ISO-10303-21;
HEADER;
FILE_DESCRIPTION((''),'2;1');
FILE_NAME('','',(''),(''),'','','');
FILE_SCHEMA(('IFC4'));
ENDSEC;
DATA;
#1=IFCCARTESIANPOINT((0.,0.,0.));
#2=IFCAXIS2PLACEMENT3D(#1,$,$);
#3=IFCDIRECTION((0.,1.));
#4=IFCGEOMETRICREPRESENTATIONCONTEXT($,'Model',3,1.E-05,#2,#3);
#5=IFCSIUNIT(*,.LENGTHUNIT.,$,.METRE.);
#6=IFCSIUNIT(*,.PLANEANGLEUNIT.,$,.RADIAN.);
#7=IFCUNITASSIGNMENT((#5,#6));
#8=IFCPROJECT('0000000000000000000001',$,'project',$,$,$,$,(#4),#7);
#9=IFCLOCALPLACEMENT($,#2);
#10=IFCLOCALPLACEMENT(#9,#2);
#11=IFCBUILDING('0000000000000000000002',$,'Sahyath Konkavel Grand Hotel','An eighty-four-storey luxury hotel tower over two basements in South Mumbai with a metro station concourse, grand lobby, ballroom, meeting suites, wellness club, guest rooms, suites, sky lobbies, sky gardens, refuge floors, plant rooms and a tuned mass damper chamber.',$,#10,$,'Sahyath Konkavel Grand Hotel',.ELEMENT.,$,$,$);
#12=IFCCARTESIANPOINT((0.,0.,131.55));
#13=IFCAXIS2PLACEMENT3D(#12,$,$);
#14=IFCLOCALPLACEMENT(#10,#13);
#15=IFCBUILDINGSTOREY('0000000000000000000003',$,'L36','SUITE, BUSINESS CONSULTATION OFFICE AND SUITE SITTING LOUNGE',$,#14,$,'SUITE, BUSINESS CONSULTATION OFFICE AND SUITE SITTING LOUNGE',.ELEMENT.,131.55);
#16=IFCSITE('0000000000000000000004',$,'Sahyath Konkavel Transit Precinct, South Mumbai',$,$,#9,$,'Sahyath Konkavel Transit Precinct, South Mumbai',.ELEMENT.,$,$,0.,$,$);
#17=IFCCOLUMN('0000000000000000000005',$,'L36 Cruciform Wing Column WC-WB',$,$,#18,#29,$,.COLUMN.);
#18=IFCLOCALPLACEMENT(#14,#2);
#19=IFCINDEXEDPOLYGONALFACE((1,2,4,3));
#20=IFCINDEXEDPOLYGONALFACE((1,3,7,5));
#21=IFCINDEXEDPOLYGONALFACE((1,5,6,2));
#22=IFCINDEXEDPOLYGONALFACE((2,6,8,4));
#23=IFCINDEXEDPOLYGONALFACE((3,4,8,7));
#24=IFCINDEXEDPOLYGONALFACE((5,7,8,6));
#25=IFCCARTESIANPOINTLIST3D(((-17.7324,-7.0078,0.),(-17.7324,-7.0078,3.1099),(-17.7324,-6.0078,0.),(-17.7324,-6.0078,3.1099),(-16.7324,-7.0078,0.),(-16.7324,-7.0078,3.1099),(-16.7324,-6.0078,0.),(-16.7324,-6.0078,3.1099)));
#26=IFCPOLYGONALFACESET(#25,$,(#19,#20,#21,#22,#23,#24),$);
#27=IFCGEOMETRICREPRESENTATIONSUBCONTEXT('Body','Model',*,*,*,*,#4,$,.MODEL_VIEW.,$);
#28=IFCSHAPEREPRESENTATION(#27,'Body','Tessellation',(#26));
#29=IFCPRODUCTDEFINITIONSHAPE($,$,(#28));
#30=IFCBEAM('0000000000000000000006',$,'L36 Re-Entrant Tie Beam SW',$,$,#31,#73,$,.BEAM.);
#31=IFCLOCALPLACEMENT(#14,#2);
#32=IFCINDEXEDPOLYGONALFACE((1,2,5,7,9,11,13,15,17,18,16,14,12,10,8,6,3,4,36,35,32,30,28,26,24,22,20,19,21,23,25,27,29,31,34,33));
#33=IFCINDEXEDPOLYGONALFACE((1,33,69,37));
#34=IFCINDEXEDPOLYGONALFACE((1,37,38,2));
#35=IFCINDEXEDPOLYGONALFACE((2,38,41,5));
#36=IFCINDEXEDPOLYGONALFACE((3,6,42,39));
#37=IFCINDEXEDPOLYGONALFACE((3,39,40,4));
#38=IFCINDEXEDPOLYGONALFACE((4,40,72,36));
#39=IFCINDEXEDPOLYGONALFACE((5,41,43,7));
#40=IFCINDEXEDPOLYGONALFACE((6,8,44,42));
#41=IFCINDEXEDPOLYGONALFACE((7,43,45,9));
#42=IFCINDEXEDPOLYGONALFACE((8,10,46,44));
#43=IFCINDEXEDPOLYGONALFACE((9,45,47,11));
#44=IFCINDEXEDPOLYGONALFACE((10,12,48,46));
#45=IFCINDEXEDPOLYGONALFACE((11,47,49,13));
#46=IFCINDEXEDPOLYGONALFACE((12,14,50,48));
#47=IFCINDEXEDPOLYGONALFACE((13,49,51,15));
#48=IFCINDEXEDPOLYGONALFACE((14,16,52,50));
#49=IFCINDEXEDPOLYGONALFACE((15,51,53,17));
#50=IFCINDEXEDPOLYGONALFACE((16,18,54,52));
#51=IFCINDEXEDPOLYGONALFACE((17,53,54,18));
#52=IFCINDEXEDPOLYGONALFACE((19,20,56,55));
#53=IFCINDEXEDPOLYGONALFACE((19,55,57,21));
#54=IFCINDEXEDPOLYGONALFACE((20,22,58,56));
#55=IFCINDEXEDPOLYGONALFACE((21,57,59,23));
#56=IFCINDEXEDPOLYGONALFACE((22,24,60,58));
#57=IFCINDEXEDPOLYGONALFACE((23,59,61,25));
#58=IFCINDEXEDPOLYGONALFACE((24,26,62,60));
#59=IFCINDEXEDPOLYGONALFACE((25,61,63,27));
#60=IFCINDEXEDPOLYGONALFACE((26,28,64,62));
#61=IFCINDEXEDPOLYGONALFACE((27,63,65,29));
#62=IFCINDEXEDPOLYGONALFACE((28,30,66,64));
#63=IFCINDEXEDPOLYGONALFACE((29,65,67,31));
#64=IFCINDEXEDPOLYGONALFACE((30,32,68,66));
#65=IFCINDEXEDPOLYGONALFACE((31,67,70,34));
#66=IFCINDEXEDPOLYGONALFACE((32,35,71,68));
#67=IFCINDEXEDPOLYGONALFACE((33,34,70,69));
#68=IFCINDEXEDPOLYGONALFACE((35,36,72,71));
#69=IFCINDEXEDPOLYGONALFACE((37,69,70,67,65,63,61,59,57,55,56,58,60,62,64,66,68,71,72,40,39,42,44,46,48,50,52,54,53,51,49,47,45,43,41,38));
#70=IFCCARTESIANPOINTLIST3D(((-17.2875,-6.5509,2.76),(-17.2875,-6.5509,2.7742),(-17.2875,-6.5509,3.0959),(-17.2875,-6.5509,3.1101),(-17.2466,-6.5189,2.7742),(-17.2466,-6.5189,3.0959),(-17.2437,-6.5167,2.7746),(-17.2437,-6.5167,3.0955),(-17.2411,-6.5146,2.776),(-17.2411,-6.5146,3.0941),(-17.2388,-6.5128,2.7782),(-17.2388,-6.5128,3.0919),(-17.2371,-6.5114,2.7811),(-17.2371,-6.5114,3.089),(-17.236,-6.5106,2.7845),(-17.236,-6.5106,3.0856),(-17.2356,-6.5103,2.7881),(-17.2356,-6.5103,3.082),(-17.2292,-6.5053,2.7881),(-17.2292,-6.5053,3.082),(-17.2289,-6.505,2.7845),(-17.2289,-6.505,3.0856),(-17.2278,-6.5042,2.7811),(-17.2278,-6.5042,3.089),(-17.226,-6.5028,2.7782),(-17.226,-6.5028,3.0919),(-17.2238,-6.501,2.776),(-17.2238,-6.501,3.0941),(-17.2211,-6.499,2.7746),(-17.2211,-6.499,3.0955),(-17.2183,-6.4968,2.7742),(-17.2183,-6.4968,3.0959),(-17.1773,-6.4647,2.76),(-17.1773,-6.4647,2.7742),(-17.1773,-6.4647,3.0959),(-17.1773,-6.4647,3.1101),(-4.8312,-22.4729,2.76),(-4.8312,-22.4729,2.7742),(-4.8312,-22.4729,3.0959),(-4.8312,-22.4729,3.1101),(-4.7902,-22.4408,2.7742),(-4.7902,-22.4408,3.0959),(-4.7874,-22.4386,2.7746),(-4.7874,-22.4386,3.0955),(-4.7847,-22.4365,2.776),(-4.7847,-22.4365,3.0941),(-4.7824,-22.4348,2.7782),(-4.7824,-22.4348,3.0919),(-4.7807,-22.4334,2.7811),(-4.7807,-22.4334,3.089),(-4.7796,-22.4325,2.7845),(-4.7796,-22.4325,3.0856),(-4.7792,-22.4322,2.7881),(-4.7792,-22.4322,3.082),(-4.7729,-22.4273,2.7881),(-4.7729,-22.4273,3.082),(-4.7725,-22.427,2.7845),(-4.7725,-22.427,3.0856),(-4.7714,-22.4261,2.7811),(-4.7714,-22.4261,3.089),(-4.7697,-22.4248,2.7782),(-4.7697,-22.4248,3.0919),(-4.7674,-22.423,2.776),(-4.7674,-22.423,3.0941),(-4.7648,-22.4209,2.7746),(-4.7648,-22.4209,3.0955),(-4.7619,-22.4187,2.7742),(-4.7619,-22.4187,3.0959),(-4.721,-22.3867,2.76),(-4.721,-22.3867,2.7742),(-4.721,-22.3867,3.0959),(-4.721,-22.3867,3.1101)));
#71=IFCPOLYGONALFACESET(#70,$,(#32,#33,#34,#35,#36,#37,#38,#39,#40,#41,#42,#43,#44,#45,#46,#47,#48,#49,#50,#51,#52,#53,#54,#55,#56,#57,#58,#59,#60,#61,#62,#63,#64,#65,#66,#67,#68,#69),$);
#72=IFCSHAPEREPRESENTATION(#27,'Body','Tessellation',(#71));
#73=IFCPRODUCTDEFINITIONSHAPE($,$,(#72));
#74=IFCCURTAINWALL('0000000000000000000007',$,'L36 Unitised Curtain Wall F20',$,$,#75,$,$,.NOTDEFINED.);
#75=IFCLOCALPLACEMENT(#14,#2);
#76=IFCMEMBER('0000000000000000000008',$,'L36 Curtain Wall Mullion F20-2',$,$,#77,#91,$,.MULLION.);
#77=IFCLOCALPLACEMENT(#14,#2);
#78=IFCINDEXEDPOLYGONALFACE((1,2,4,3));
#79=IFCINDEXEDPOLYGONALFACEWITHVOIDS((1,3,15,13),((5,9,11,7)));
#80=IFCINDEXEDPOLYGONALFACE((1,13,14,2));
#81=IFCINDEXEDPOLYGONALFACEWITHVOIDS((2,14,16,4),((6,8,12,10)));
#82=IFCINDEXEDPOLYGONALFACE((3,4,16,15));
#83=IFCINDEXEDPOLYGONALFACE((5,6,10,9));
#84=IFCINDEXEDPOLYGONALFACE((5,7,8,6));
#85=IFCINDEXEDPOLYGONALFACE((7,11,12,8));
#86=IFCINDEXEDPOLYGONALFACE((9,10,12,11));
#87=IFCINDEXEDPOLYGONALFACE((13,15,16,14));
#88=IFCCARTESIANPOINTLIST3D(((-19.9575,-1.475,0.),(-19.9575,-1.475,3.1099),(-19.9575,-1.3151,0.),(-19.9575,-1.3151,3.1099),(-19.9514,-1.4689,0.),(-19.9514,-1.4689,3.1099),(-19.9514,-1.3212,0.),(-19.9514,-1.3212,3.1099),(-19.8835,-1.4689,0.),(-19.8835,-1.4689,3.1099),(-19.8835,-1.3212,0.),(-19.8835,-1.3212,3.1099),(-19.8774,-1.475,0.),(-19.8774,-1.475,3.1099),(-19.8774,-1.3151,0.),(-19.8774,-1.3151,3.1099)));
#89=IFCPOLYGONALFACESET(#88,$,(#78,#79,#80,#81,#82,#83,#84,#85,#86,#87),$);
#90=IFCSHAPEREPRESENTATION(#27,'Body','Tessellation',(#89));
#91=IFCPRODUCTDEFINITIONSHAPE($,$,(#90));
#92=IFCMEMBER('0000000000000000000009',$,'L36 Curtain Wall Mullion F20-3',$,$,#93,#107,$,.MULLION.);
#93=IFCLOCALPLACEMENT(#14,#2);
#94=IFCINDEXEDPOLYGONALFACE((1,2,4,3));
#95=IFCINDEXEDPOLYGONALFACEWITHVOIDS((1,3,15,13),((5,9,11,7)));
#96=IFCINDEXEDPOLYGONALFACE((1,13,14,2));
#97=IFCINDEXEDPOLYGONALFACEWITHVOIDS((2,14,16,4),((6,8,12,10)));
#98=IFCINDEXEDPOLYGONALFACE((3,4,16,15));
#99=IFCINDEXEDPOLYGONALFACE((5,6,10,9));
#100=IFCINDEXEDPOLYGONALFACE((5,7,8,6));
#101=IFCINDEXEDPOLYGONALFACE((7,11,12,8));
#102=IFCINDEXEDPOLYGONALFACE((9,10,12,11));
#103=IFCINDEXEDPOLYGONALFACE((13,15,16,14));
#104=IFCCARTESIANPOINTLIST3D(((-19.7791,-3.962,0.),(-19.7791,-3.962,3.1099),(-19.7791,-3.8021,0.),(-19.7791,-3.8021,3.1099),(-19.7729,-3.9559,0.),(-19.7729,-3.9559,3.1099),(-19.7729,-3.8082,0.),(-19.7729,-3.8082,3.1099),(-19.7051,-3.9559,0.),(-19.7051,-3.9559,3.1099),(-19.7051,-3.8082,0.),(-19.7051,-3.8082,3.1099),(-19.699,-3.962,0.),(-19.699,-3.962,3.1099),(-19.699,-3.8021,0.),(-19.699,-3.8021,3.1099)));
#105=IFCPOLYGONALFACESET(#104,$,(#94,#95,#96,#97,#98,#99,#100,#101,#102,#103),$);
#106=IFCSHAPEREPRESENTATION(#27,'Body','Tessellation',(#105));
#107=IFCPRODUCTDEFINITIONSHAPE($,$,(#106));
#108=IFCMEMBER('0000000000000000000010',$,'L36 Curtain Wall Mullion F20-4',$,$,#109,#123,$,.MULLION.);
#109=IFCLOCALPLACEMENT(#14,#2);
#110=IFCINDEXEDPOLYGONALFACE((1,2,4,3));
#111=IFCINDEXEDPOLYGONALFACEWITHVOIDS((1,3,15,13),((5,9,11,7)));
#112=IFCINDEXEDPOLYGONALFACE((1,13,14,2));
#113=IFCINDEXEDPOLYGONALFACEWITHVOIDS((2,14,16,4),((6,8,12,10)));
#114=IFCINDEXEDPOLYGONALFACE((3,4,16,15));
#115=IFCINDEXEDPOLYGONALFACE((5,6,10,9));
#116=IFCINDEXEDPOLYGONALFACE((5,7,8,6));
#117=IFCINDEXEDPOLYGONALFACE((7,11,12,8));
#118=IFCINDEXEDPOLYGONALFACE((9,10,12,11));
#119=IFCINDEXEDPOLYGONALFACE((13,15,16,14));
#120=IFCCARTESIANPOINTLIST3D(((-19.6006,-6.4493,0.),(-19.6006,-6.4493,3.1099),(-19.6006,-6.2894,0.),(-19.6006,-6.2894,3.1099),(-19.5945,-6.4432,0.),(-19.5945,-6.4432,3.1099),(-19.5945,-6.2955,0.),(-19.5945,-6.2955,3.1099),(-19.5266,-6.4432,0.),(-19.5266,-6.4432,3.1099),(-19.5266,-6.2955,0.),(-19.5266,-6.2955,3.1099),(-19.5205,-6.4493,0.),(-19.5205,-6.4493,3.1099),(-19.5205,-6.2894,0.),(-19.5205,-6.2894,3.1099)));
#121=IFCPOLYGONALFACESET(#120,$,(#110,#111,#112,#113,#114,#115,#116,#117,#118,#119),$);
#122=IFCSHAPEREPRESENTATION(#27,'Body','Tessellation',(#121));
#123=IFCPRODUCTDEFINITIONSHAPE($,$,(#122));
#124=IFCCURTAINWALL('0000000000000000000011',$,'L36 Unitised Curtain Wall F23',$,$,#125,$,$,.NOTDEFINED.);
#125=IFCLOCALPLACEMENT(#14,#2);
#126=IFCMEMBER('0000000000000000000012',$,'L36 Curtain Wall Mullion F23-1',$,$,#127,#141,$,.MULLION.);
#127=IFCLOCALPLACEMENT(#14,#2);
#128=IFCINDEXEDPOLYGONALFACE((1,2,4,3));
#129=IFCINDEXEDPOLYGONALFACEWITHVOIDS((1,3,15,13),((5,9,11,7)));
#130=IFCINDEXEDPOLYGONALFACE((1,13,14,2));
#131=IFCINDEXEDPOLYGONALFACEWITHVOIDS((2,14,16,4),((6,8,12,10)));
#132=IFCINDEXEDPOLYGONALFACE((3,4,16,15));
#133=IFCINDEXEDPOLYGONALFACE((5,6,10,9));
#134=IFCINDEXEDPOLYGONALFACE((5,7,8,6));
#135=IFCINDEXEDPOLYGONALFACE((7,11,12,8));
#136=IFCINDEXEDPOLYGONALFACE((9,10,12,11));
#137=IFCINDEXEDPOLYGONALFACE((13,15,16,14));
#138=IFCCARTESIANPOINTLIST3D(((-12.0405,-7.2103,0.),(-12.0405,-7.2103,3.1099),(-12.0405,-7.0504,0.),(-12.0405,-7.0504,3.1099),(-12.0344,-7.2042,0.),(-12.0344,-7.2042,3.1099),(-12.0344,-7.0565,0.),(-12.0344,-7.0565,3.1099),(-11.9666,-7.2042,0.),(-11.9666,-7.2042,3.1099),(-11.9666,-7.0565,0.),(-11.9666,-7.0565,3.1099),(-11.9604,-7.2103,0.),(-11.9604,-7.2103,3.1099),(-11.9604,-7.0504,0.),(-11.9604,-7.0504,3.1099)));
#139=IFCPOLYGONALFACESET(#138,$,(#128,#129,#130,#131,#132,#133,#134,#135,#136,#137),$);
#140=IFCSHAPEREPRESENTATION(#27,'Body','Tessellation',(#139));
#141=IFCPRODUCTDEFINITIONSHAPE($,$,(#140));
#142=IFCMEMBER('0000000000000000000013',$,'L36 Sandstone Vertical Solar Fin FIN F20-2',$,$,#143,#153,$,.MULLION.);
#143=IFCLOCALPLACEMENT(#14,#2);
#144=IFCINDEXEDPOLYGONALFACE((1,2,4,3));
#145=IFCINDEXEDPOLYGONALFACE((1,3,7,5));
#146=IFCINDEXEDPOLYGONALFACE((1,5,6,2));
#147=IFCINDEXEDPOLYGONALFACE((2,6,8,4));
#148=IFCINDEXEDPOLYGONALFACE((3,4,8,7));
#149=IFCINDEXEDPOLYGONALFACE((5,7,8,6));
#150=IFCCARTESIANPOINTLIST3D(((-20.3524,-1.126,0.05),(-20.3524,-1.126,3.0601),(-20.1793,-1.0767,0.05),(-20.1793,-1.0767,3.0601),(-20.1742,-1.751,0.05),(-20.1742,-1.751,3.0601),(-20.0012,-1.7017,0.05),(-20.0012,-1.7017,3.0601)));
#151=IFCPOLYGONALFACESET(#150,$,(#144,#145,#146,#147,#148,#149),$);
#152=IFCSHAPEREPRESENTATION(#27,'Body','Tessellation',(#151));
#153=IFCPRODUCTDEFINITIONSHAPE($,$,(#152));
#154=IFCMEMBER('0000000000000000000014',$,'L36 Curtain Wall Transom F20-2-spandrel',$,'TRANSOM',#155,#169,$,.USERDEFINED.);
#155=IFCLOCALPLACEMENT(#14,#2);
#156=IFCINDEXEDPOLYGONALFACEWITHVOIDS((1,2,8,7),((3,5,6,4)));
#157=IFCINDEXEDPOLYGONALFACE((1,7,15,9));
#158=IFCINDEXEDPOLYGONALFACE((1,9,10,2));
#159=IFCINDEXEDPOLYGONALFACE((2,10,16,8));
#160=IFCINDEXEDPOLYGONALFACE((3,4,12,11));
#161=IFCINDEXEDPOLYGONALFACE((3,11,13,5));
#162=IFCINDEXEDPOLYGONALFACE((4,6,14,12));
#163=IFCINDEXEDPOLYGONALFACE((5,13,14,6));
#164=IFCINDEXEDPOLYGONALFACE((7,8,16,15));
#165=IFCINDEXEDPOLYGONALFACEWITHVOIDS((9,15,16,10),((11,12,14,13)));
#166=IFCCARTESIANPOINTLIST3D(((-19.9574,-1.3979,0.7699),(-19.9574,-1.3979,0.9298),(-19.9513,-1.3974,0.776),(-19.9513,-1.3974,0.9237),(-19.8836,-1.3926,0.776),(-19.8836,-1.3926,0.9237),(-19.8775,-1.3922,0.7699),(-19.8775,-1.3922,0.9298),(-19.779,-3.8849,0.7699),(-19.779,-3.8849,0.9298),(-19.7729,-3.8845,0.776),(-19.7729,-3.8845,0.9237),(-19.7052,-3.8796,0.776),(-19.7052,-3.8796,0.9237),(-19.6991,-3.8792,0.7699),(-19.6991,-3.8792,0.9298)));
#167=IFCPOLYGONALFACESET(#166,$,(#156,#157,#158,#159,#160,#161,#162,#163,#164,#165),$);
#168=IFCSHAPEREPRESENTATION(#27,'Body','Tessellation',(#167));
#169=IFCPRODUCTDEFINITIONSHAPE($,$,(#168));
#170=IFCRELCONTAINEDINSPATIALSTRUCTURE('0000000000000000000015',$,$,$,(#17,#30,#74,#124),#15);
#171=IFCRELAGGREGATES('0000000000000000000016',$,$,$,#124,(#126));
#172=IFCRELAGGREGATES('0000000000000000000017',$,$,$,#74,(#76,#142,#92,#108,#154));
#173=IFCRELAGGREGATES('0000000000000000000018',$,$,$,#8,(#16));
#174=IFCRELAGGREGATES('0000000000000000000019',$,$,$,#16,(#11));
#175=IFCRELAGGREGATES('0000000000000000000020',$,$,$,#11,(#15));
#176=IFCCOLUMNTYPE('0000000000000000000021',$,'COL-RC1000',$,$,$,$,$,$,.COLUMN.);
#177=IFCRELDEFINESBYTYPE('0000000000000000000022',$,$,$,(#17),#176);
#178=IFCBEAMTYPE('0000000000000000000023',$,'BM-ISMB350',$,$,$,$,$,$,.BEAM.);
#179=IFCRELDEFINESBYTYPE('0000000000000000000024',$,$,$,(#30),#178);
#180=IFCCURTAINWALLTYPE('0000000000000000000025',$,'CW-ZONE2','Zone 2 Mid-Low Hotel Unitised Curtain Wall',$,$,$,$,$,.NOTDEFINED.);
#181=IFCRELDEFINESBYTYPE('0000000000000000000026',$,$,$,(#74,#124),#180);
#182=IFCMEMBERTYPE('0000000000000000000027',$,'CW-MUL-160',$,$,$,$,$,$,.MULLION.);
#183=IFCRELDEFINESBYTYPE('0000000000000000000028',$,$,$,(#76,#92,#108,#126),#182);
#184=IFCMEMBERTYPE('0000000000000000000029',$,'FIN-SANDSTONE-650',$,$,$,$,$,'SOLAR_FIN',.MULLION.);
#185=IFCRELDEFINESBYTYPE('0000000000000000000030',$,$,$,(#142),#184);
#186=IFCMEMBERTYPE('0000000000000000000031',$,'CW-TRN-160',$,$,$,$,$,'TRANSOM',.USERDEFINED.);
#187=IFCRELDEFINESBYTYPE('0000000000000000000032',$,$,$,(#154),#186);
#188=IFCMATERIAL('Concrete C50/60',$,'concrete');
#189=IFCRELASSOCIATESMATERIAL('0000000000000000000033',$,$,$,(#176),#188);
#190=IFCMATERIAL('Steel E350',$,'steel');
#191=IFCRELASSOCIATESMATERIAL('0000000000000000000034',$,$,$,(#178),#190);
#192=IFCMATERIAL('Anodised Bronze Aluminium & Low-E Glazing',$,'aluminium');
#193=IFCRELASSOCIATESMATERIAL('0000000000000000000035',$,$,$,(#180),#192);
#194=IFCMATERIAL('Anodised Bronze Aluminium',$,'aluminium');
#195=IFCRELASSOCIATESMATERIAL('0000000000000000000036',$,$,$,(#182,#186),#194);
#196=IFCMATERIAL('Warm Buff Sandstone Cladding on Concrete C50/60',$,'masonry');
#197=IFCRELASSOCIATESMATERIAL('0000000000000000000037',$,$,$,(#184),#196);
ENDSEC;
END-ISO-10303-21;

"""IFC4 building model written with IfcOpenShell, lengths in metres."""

from ifc_helpers import new_model, si_unit, direction, frame, origin, origin_2d, place, context, subcontext, project, spatial, rectangle, hollow_rectangle, i_section, extrude, source, transform, mapped, material, material_profile, profile_set, type_object, element, aggregate, save


model = new_model("IFC4")

# Units and contexts
model_context = context("Model", 3, precision=1e-05, world=origin(), true_north=direction((0.0, 1.0)))
body_context = subcontext(model_context, "Body", "Model", "MODEL_VIEW")
ifc_project = project(units=[si_unit("LENGTHUNIT", "METRE"), si_unit("PLANEANGLEUNIT", "RADIAN")], contexts=[model_context])

# Site, building, storey
site_placement = place(None, origin())
site = spatial("IfcSite", under=ifc_project, at=site_placement, Name="Sahyath Konkavel Transit Precinct, South Mumbai", LongName="Sahyath Konkavel Transit Precinct, South Mumbai", CompositionType="ELEMENT", RefElevation=0.0)
building_placement = place(site_placement, origin())
building = spatial("IfcBuilding", under=site, at=building_placement, Name="Sahyath Konkavel Grand Hotel", Description="An eighty-four-storey luxury hotel tower over two basements in South Mumbai with a metro station concourse, grand lobby, ballroom, meeting suites, wellness club, guest rooms, suites, sky lobbies, sky gardens, refuge floors, plant rooms and a tuned mass damper chamber.", LongName="Sahyath Konkavel Grand Hotel", CompositionType="ELEMENT")
storey_placement = place(building_placement, frame((0.0, 0.0, 131.55)))
storey = spatial("IfcBuildingStorey", under=building, at=storey_placement, Name="L36", Description="SUITE, BUSINESS CONSULTATION OFFICE AND SUITE SITTING LOUNGE", LongName="SUITE, BUSINESS CONSULTATION OFFICE AND SUITE SITTING LOUNGE", CompositionType="ELEMENT", Elevation=131.55)

# Column
ifc_material_1 = material(Name="Concrete C50/60", Category="concrete")
ifc_material_profile_1 = material_profile(ifc_material_1, rectangle(XDim=1.0, YDim=1.0, at=origin_2d()), Name="RC 1000x1000")
ifc_profile_set_1 = profile_set([ifc_material_profile_1], Name="Concrete C50/60")
column_type = type_object("IfcColumnType", Name="COL-RC1000", PredefinedType="COLUMN", material=ifc_profile_set_1)
shared_shape_1 = source(origin(), body_context, "Body", "SweptSolid", [
    extrude(rectangle(XDim=1.0, YDim=1.0, at=origin_2d()), origin(), (0.0, 0.0, 1.0), 3.1099),
])
column_placement = place(storey_placement, frame((-17.2324, -6.5078, 0.0), z_axis=(0.0, 0.0, 1.0), x_axis=(1.0, 0.0, 0.0)))
element("IfcColumn", 1, at=column_placement, inside=storey, type_object=column_type, Name="L36 Cruciform Wing Column WC-WB", PredefinedType="COLUMN", context=body_context, shape_type="MappedRepresentation", body=[
    mapped(shared_shape_1, transform((0.0, 0.0, 0.0), scale=1.0)),
])

# Beam
ifc_material_2 = material(Name="Steel E350", Category="steel")
ifc_material_profile_2 = material_profile(ifc_material_2, i_section(OverallWidth=0.1399, OverallDepth=0.3501, WebThickness=0.0081, FlangeThickness=0.0142, FilletRadius=0.0139, at=origin_2d()), Name="ISMB 350")
ifc_profile_set_2 = profile_set([ifc_material_profile_2], Name="Steel E350")
beam_type_1 = type_object("IfcBeamType", Name="BM-ISMB350", PredefinedType="BEAM", material=ifc_profile_set_2)
shared_shape_2 = source(origin(), body_context, "Body", "SweptSolid", [
    extrude(i_section(OverallWidth=0.1399, OverallDepth=0.3501, WebThickness=0.0081, FlangeThickness=0.0142, FilletRadius=0.0139, at=origin_2d()), origin(), (0.0, 0.0, 1.0), 20.2156),
])
beam_1_placement = place(storey_placement, frame((-17.2324, -6.5078, 2.9351), z_axis=(0.616176, -0.787608, 0.0), x_axis=(0.787608, 0.616176, 0.0)))
element("IfcBeam", 2, at=beam_1_placement, inside=storey, type_object=beam_type_1, Name="L36 Re-Entrant Tie Beam SW", PredefinedType="BEAM", context=body_context, shape_type="MappedRepresentation", body=[
    mapped(shared_shape_2, transform((0.0, 0.0, 0.0), scale=1.0)),
])

# Curtain wall, members
ifc_material_3 = material(Name="Anodised Bronze Aluminium & Low-E Glazing", Category="aluminium")
curtain_wall_type = type_object("IfcCurtainWallType", Name="CW-ZONE2", Description="Zone 2 Mid-Low Hotel Unitised Curtain Wall", PredefinedType="NOTDEFINED", material=ifc_material_3)
curtain_wall_1_placement = place(storey_placement, origin())
curtain_wall_1 = element("IfcCurtainWall", 3, at=curtain_wall_1_placement, inside=storey, type_object=curtain_wall_type, Name="L36 Unitised Curtain Wall F20", PredefinedType="NOTDEFINED")
ifc_material_4 = material(Name="Anodised Bronze Aluminium", Category="aluminium")
ifc_material_profile_3 = material_profile(ifc_material_4, hollow_rectangle(XDim=0.0801, YDim=0.1599, WallThickness=0.0061, at=origin_2d()), Name="RHS 160x80x6")
ifc_profile_set_3 = profile_set([ifc_material_profile_3], Name="Anodised Bronze Aluminium")
member_type_1 = type_object("IfcMemberType", Name="CW-MUL-160", PredefinedType="MULLION", material=ifc_profile_set_3)
shared_shape_3 = source(origin(), body_context, "Body", "SweptSolid", [
    extrude(hollow_rectangle(XDim=0.0801, YDim=0.1599, WallThickness=0.0061, at=origin_2d()), origin(), (0.0, 0.0, 1.0), 3.1099),
])
member_1_placement = place(storey_placement, frame((-19.9175, -1.395, 0.0), z_axis=(0.0, 0.0, 1.0), x_axis=(1.0, 0.0, 0.0)))
member_1 = element("IfcMember", 4, at=member_1_placement, type_object=member_type_1, Name="L36 Curtain Wall Mullion F20-2", PredefinedType="MULLION", context=body_context, shape_type="MappedRepresentation", body=[
    mapped(shared_shape_3, transform((0.0, 0.0, 0.0), scale=1.0)),
])
member_2_placement = place(storey_placement, frame((-19.739, -3.8821, 0.0), z_axis=(0.0, 0.0, 1.0), x_axis=(1.0, 0.0, 0.0)))
member_2 = element("IfcMember", 5, at=member_2_placement, type_object=member_type_1, Name="L36 Curtain Wall Mullion F20-3", PredefinedType="MULLION", context=body_context, shape_type="MappedRepresentation", body=[
    mapped(shared_shape_3, transform((0.0, 0.0, 0.0), scale=1.0)),
])
member_3_placement = place(storey_placement, frame((-19.5605, -6.3694, 0.0), z_axis=(0.0, 0.0, 1.0), x_axis=(1.0, 0.0, 0.0)))
member_3 = element("IfcMember", 6, at=member_3_placement, type_object=member_type_1, Name="L36 Curtain Wall Mullion F20-4", PredefinedType="MULLION", context=body_context, shape_type="MappedRepresentation", body=[
    mapped(shared_shape_3, transform((0.0, 0.0, 0.0), scale=1.0)),
])

# Curtain wall, member
curtain_wall_2_placement = place(storey_placement, origin())
curtain_wall_2 = element("IfcCurtainWall", 7, at=curtain_wall_2_placement, inside=storey, type_object=curtain_wall_type, Name="L36 Unitised Curtain Wall F23", PredefinedType="NOTDEFINED")
member_4_placement = place(storey_placement, frame((-12.0005, -7.1304, 0.0), z_axis=(0.0, 0.0, 1.0), x_axis=(1.0, 0.0, 0.0)))
member_4 = element("IfcMember", 8, at=member_4_placement, type_object=member_type_1, Name="L36 Curtain Wall Mullion F23-1", PredefinedType="MULLION", context=body_context, shape_type="MappedRepresentation", body=[
    mapped(shared_shape_3, transform((0.0, 0.0, 0.0), scale=1.0)),
])

# Members
ifc_material_5 = material(Name="Warm Buff Sandstone Cladding on Concrete C50/60", Category="masonry")
ifc_material_profile_4 = material_profile(ifc_material_5, rectangle(XDim=0.1799, YDim=0.6499, at=origin_2d()), Name="FIN 180x650")
ifc_profile_set_4 = profile_set([ifc_material_profile_4], Name="Warm Buff Sandstone Cladding on Concrete C50/60")
member_type_2 = type_object("IfcMemberType", Name="FIN-SANDSTONE-650", ElementType="SOLAR_FIN", PredefinedType="MULLION", material=ifc_profile_set_4)
shared_shape_4 = source(origin(), body_context, "Body", "SweptSolid", [
    extrude(rectangle(XDim=0.1799, YDim=0.6499, at=origin_2d()), origin(), (0.0, 0.0, 1.0), 3.01),
])
member_5_placement = place(storey_placement, frame((-20.1768, -1.4138, 0.05), z_axis=(0.0, 0.0, 1.0), x_axis=(0.961693, 0.274127, 0.0)))
member_5 = element("IfcMember", 9, at=member_5_placement, type_object=member_type_2, Name="L36 Sandstone Vertical Solar Fin FIN F20-2", PredefinedType="MULLION", context=body_context, shape_type="MappedRepresentation", body=[
    mapped(shared_shape_4, transform((0.0, 0.0, 0.0), scale=1.0)),
])
ifc_material_profile_5 = material_profile(ifc_material_4, hollow_rectangle(XDim=0.0801, YDim=0.1599, WallThickness=0.0061, at=origin_2d()), Name="RHS 160x80x6")
ifc_profile_set_5 = profile_set([ifc_material_profile_5], Name="Anodised Bronze Aluminium")
member_type_3 = type_object("IfcMemberType", Name="CW-TRN-160", ElementType="TRANSOM", PredefinedType="USERDEFINED", material=ifc_profile_set_5)
shared_shape_5 = source(origin(), body_context, "Body", "SweptSolid", [
    extrude(hollow_rectangle(XDim=0.0801, YDim=0.1599, WallThickness=0.0061, at=origin_2d()), origin(), (0.0, 0.0, 1.0), 2.4934),
])
member_6_placement = place(storey_placement, frame((-19.9175, -1.395, 0.8499), z_axis=(0.071574, -0.997435, 0.0), x_axis=(0.997435, 0.071574, 0.0)))
member_6 = element("IfcMember", 10, at=member_6_placement, type_object=member_type_3, Name="L36 Curtain Wall Transom F20-2-spandrel", ObjectType="TRANSOM", PredefinedType="USERDEFINED", context=body_context, shape_type="MappedRepresentation", body=[
    mapped(shared_shape_5, transform((0.0, 0.0, 0.0), scale=1.0)),
])
aggregate(curtain_wall_2, [member_4])

aggregate(curtain_wall_1, [member_1, member_5, member_2, member_3, member_6])

save(model, "model.ifc")
